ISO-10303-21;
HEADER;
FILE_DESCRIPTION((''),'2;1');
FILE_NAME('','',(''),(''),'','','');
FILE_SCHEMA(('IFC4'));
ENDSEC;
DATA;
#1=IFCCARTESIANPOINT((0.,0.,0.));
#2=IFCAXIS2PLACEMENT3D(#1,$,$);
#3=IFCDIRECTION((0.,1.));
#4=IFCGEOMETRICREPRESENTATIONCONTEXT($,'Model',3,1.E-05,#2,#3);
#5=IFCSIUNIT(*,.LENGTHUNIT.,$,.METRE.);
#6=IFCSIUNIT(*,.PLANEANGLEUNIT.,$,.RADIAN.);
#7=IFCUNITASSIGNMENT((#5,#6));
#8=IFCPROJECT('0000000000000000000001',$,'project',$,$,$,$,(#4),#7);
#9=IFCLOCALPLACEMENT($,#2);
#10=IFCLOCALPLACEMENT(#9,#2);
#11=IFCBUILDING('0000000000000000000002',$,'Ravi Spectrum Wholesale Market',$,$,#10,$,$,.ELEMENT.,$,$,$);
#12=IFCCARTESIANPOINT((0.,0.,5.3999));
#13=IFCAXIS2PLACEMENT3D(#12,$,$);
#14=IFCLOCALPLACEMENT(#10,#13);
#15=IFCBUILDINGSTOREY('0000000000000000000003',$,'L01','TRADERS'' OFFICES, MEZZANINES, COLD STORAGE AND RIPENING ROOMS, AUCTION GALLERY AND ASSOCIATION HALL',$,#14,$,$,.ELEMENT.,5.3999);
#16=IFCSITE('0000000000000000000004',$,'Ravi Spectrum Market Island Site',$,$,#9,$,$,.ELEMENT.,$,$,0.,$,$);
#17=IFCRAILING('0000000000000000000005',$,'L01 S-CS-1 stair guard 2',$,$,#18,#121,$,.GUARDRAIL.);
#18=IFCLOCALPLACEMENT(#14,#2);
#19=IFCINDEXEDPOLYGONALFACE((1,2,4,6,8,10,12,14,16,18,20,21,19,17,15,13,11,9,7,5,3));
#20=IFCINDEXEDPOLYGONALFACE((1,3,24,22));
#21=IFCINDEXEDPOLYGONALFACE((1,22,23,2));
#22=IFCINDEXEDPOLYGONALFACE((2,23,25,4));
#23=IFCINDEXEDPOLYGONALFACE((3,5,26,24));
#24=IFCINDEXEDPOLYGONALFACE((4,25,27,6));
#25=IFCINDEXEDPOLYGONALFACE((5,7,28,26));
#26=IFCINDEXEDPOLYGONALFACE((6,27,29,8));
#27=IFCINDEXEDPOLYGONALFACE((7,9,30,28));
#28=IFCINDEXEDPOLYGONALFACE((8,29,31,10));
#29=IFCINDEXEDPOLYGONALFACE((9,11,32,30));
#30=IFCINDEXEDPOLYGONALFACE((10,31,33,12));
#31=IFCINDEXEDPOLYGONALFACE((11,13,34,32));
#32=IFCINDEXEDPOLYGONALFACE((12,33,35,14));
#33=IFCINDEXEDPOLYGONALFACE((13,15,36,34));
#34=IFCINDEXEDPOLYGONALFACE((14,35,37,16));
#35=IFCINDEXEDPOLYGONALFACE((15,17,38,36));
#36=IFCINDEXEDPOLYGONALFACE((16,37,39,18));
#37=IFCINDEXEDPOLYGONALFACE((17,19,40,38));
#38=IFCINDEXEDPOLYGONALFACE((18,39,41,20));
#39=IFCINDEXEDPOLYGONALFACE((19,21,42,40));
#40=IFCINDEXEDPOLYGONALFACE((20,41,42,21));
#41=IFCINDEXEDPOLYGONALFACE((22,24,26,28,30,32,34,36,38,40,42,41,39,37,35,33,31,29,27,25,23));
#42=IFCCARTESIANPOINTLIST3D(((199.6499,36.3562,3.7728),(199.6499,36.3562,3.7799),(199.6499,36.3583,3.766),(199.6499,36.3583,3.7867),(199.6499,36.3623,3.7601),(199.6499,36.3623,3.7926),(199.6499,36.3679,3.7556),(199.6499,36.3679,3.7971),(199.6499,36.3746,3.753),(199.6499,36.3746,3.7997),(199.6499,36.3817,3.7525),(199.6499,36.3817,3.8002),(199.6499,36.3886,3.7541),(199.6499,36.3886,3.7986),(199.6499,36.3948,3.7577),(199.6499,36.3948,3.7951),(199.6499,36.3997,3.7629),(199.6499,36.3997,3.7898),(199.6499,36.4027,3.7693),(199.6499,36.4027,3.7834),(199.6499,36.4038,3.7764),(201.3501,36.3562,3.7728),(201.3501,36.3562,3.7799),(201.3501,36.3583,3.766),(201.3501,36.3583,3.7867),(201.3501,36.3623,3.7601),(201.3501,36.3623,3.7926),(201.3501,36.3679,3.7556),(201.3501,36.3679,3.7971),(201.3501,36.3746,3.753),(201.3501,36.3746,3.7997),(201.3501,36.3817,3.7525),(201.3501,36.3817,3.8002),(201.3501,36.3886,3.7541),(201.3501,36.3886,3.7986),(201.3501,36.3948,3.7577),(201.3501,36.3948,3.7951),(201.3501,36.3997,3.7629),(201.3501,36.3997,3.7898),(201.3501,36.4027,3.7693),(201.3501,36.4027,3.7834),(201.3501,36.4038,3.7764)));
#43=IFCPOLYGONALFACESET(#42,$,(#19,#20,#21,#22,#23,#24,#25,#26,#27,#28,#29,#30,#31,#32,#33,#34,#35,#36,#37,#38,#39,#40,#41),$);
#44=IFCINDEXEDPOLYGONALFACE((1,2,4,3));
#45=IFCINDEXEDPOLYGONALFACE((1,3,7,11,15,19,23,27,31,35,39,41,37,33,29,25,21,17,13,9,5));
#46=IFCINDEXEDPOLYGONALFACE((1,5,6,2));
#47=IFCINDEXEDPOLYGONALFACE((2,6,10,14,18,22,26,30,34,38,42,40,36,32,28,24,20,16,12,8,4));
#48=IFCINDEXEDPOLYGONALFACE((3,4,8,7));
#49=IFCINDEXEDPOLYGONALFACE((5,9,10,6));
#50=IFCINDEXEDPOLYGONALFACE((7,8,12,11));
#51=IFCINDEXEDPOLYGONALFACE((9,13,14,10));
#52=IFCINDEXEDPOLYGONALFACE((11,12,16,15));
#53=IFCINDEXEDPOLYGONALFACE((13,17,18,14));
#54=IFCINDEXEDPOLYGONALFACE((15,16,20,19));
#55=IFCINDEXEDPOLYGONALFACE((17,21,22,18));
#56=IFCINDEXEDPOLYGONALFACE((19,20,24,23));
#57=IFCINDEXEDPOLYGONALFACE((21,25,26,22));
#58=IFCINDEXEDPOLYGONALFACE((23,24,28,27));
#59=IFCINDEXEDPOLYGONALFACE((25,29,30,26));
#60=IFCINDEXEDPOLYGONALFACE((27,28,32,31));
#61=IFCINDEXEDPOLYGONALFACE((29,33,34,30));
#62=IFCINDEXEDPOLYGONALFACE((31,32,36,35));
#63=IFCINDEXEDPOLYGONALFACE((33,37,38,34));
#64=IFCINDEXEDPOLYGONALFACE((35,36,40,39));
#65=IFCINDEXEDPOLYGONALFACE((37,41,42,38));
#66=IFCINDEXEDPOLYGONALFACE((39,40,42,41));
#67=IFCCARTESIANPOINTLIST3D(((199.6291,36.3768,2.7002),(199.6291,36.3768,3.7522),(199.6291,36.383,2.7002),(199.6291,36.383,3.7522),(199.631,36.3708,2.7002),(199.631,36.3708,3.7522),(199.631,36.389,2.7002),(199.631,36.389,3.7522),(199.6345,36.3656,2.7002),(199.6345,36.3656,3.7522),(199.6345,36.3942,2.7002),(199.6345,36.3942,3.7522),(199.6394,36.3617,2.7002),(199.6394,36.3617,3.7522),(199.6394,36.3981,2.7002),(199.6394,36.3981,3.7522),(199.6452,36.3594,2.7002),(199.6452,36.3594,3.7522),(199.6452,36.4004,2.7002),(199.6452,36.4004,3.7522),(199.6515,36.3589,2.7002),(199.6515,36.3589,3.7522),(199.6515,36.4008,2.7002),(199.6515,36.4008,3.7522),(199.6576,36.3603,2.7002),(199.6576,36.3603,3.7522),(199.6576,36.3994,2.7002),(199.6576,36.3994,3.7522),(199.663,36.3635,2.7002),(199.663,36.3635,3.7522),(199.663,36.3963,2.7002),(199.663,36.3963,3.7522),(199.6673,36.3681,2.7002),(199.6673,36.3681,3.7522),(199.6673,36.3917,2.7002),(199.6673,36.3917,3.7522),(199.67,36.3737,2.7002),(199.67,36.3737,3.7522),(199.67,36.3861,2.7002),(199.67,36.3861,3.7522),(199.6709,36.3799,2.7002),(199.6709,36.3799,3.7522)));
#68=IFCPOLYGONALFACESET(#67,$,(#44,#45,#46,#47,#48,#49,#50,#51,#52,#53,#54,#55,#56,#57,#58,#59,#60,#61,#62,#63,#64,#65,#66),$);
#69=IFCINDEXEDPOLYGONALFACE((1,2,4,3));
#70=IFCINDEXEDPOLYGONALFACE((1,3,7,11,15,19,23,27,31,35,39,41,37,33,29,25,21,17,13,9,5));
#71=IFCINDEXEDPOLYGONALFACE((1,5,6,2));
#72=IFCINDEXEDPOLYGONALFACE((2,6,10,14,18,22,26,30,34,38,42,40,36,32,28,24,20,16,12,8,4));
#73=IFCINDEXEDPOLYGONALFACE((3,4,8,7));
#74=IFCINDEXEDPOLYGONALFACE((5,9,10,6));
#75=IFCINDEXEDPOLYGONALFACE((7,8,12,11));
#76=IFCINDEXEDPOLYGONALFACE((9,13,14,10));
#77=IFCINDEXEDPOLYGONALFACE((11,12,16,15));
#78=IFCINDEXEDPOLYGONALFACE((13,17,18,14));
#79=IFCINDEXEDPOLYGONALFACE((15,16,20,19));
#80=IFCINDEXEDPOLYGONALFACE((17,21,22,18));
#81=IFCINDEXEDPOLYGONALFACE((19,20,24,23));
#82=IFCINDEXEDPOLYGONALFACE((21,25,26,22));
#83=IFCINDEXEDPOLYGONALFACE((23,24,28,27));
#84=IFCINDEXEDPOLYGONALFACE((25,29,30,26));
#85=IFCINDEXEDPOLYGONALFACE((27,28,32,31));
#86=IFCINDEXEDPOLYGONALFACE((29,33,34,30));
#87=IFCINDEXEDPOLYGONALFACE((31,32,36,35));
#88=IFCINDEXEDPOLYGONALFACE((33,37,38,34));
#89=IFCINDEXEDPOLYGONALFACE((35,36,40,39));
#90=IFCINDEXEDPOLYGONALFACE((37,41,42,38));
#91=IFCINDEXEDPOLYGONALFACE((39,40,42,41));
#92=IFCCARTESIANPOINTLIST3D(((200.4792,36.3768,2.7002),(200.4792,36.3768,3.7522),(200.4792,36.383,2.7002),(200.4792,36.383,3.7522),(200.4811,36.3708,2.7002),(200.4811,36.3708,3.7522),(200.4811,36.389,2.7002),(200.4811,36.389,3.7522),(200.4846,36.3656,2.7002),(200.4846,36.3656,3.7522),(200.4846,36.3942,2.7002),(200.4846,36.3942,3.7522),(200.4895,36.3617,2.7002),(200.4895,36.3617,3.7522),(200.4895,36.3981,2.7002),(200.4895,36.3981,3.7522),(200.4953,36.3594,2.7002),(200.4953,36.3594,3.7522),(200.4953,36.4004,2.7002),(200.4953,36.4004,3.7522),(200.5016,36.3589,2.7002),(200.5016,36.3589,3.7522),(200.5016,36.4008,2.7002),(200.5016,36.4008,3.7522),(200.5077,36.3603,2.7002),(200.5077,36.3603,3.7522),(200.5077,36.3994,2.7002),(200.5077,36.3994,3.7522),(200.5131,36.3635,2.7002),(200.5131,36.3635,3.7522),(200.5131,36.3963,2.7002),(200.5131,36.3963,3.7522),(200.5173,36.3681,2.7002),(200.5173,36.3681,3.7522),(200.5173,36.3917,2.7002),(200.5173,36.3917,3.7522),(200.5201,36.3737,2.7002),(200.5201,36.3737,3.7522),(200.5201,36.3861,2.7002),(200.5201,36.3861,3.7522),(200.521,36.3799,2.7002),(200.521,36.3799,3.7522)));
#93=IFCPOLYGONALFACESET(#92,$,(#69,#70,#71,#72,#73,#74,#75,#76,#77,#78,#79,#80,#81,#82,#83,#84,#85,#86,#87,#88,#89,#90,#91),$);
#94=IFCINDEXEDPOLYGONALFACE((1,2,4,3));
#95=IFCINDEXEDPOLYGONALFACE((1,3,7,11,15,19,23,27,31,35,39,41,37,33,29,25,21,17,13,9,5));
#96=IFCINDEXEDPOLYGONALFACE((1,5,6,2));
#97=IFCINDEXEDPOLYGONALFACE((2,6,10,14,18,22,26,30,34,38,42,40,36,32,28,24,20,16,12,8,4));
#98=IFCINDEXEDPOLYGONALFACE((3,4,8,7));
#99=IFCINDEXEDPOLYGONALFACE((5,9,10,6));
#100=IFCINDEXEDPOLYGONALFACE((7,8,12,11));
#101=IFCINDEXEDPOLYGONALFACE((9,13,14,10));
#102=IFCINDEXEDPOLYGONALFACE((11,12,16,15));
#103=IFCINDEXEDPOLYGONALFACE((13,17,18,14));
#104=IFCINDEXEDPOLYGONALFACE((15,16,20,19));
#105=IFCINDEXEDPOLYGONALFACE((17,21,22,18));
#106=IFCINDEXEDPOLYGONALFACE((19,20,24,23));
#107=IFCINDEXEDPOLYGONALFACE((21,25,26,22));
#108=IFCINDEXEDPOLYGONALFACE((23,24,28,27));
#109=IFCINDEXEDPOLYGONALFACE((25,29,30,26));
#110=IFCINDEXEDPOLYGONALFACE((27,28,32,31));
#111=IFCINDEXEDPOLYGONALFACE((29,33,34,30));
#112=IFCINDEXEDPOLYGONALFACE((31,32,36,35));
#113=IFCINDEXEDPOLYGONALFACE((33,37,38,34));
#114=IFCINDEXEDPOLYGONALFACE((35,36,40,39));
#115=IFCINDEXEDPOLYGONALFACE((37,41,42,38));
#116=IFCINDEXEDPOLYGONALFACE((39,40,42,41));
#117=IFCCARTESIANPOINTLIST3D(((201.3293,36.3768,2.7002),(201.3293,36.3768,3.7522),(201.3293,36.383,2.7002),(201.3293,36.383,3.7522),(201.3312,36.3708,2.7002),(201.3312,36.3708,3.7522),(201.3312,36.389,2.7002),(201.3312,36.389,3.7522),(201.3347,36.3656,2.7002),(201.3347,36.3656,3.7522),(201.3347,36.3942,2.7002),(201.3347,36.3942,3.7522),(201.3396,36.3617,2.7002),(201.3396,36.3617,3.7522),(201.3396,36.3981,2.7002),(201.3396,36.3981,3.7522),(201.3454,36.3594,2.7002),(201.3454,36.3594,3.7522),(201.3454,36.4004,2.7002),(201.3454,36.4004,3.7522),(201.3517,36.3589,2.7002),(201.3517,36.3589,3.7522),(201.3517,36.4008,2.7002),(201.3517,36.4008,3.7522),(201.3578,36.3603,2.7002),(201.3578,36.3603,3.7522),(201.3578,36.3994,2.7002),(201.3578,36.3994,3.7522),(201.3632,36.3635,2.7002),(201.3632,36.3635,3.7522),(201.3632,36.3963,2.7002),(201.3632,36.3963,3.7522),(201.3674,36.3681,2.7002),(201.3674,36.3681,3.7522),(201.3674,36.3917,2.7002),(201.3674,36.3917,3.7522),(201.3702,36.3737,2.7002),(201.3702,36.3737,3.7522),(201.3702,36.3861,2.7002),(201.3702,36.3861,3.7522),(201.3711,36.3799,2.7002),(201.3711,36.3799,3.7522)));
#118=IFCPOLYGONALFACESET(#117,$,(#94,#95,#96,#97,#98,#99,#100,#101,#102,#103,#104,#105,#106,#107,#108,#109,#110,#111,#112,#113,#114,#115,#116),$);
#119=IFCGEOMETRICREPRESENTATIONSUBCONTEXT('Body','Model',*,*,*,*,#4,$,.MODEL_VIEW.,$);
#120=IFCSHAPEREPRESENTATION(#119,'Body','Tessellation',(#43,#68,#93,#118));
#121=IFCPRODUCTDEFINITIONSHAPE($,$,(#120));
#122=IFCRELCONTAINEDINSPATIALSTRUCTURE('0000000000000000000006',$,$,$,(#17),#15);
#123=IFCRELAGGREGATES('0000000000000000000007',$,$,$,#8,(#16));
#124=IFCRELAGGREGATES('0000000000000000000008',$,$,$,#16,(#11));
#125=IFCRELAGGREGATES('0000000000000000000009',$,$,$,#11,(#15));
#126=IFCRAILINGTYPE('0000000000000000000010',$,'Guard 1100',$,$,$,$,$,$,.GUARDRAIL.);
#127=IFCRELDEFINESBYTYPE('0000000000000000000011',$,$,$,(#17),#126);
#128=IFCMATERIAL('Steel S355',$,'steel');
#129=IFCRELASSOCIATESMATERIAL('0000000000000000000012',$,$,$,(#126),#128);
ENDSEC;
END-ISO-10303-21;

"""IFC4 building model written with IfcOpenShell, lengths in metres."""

from ifc_helpers import new_model, si_unit, direction, frame, origin, origin_2d, place, context, subcontext, project, spatial, circle, extrude, material, type_object, element, save


model = new_model("IFC4")

# Units and contexts
model_context = context("Model", 3, precision=1e-05, world=origin(), true_north=direction((0.0, 1.0)))
body_context = subcontext(model_context, "Body", "Model", "MODEL_VIEW")
ifc_project = project(units=[si_unit("LENGTHUNIT", "METRE"), si_unit("PLANEANGLEUNIT", "RADIAN")], contexts=[model_context])

# Site, building, storey
site_placement = place(None, origin())
site = spatial("IfcSite", under=ifc_project, at=site_placement, Name="Ravi Spectrum Market Island Site", CompositionType="ELEMENT", RefElevation=0.0)
building_placement = place(site_placement, origin())
building = spatial("IfcBuilding", under=site, at=building_placement, Name="Ravi Spectrum Wholesale Market", CompositionType="ELEMENT")
storey_placement = place(building_placement, frame((0.0, 0.0, 5.3999)))
storey = spatial("IfcBuildingStorey", under=building, at=storey_placement, Name="L01", Description="TRADERS' OFFICES, MEZZANINES, COLD STORAGE AND RIPENING ROOMS, AUCTION GALLERY AND ASSOCIATION HALL", CompositionType="ELEMENT", Elevation=5.3999)

# Railing
ifc_material_1 = material(Name="Steel S355", Category="steel")
railing_type_1 = type_object("IfcRailingType", Name="Guard 1100", PredefinedType="GUARDRAIL", material=ifc_material_1)
railing_1_placement = place(storey_placement, frame((199.6499, 36.3799, 2.7002)))
element("IfcRailing", 1, at=railing_1_placement, inside=storey, type_object=railing_type_1, Name="L01 S-CS-1 stair guard 2", PredefinedType="GUARDRAIL", context=body_context, shape_type="SweptSolid", body=[
    extrude(circle(Radius=0.0239, at=origin_2d()), frame((0.0, 0.0, 1.0762), z_axis=(1.0, 0.0, 0.0), x_axis=(0.0, 1.0, 0.0)), (0.0, 0.0, 1.0), 1.7002),
    extrude(circle(Radius=0.021, at=origin_2d()), origin(), (0.0, 0.0, 1.0), 1.052),
    extrude(circle(Radius=0.021, at=origin_2d()), frame((0.8501, 0.0, 0.0)), (0.0, 0.0, 1.0), 1.052),
    extrude(circle(Radius=0.021, at=origin_2d()), frame((1.7002, 0.0, 0.0)), (0.0, 0.0, 1.0), 1.052),
])

save(model, "model.ifc")
